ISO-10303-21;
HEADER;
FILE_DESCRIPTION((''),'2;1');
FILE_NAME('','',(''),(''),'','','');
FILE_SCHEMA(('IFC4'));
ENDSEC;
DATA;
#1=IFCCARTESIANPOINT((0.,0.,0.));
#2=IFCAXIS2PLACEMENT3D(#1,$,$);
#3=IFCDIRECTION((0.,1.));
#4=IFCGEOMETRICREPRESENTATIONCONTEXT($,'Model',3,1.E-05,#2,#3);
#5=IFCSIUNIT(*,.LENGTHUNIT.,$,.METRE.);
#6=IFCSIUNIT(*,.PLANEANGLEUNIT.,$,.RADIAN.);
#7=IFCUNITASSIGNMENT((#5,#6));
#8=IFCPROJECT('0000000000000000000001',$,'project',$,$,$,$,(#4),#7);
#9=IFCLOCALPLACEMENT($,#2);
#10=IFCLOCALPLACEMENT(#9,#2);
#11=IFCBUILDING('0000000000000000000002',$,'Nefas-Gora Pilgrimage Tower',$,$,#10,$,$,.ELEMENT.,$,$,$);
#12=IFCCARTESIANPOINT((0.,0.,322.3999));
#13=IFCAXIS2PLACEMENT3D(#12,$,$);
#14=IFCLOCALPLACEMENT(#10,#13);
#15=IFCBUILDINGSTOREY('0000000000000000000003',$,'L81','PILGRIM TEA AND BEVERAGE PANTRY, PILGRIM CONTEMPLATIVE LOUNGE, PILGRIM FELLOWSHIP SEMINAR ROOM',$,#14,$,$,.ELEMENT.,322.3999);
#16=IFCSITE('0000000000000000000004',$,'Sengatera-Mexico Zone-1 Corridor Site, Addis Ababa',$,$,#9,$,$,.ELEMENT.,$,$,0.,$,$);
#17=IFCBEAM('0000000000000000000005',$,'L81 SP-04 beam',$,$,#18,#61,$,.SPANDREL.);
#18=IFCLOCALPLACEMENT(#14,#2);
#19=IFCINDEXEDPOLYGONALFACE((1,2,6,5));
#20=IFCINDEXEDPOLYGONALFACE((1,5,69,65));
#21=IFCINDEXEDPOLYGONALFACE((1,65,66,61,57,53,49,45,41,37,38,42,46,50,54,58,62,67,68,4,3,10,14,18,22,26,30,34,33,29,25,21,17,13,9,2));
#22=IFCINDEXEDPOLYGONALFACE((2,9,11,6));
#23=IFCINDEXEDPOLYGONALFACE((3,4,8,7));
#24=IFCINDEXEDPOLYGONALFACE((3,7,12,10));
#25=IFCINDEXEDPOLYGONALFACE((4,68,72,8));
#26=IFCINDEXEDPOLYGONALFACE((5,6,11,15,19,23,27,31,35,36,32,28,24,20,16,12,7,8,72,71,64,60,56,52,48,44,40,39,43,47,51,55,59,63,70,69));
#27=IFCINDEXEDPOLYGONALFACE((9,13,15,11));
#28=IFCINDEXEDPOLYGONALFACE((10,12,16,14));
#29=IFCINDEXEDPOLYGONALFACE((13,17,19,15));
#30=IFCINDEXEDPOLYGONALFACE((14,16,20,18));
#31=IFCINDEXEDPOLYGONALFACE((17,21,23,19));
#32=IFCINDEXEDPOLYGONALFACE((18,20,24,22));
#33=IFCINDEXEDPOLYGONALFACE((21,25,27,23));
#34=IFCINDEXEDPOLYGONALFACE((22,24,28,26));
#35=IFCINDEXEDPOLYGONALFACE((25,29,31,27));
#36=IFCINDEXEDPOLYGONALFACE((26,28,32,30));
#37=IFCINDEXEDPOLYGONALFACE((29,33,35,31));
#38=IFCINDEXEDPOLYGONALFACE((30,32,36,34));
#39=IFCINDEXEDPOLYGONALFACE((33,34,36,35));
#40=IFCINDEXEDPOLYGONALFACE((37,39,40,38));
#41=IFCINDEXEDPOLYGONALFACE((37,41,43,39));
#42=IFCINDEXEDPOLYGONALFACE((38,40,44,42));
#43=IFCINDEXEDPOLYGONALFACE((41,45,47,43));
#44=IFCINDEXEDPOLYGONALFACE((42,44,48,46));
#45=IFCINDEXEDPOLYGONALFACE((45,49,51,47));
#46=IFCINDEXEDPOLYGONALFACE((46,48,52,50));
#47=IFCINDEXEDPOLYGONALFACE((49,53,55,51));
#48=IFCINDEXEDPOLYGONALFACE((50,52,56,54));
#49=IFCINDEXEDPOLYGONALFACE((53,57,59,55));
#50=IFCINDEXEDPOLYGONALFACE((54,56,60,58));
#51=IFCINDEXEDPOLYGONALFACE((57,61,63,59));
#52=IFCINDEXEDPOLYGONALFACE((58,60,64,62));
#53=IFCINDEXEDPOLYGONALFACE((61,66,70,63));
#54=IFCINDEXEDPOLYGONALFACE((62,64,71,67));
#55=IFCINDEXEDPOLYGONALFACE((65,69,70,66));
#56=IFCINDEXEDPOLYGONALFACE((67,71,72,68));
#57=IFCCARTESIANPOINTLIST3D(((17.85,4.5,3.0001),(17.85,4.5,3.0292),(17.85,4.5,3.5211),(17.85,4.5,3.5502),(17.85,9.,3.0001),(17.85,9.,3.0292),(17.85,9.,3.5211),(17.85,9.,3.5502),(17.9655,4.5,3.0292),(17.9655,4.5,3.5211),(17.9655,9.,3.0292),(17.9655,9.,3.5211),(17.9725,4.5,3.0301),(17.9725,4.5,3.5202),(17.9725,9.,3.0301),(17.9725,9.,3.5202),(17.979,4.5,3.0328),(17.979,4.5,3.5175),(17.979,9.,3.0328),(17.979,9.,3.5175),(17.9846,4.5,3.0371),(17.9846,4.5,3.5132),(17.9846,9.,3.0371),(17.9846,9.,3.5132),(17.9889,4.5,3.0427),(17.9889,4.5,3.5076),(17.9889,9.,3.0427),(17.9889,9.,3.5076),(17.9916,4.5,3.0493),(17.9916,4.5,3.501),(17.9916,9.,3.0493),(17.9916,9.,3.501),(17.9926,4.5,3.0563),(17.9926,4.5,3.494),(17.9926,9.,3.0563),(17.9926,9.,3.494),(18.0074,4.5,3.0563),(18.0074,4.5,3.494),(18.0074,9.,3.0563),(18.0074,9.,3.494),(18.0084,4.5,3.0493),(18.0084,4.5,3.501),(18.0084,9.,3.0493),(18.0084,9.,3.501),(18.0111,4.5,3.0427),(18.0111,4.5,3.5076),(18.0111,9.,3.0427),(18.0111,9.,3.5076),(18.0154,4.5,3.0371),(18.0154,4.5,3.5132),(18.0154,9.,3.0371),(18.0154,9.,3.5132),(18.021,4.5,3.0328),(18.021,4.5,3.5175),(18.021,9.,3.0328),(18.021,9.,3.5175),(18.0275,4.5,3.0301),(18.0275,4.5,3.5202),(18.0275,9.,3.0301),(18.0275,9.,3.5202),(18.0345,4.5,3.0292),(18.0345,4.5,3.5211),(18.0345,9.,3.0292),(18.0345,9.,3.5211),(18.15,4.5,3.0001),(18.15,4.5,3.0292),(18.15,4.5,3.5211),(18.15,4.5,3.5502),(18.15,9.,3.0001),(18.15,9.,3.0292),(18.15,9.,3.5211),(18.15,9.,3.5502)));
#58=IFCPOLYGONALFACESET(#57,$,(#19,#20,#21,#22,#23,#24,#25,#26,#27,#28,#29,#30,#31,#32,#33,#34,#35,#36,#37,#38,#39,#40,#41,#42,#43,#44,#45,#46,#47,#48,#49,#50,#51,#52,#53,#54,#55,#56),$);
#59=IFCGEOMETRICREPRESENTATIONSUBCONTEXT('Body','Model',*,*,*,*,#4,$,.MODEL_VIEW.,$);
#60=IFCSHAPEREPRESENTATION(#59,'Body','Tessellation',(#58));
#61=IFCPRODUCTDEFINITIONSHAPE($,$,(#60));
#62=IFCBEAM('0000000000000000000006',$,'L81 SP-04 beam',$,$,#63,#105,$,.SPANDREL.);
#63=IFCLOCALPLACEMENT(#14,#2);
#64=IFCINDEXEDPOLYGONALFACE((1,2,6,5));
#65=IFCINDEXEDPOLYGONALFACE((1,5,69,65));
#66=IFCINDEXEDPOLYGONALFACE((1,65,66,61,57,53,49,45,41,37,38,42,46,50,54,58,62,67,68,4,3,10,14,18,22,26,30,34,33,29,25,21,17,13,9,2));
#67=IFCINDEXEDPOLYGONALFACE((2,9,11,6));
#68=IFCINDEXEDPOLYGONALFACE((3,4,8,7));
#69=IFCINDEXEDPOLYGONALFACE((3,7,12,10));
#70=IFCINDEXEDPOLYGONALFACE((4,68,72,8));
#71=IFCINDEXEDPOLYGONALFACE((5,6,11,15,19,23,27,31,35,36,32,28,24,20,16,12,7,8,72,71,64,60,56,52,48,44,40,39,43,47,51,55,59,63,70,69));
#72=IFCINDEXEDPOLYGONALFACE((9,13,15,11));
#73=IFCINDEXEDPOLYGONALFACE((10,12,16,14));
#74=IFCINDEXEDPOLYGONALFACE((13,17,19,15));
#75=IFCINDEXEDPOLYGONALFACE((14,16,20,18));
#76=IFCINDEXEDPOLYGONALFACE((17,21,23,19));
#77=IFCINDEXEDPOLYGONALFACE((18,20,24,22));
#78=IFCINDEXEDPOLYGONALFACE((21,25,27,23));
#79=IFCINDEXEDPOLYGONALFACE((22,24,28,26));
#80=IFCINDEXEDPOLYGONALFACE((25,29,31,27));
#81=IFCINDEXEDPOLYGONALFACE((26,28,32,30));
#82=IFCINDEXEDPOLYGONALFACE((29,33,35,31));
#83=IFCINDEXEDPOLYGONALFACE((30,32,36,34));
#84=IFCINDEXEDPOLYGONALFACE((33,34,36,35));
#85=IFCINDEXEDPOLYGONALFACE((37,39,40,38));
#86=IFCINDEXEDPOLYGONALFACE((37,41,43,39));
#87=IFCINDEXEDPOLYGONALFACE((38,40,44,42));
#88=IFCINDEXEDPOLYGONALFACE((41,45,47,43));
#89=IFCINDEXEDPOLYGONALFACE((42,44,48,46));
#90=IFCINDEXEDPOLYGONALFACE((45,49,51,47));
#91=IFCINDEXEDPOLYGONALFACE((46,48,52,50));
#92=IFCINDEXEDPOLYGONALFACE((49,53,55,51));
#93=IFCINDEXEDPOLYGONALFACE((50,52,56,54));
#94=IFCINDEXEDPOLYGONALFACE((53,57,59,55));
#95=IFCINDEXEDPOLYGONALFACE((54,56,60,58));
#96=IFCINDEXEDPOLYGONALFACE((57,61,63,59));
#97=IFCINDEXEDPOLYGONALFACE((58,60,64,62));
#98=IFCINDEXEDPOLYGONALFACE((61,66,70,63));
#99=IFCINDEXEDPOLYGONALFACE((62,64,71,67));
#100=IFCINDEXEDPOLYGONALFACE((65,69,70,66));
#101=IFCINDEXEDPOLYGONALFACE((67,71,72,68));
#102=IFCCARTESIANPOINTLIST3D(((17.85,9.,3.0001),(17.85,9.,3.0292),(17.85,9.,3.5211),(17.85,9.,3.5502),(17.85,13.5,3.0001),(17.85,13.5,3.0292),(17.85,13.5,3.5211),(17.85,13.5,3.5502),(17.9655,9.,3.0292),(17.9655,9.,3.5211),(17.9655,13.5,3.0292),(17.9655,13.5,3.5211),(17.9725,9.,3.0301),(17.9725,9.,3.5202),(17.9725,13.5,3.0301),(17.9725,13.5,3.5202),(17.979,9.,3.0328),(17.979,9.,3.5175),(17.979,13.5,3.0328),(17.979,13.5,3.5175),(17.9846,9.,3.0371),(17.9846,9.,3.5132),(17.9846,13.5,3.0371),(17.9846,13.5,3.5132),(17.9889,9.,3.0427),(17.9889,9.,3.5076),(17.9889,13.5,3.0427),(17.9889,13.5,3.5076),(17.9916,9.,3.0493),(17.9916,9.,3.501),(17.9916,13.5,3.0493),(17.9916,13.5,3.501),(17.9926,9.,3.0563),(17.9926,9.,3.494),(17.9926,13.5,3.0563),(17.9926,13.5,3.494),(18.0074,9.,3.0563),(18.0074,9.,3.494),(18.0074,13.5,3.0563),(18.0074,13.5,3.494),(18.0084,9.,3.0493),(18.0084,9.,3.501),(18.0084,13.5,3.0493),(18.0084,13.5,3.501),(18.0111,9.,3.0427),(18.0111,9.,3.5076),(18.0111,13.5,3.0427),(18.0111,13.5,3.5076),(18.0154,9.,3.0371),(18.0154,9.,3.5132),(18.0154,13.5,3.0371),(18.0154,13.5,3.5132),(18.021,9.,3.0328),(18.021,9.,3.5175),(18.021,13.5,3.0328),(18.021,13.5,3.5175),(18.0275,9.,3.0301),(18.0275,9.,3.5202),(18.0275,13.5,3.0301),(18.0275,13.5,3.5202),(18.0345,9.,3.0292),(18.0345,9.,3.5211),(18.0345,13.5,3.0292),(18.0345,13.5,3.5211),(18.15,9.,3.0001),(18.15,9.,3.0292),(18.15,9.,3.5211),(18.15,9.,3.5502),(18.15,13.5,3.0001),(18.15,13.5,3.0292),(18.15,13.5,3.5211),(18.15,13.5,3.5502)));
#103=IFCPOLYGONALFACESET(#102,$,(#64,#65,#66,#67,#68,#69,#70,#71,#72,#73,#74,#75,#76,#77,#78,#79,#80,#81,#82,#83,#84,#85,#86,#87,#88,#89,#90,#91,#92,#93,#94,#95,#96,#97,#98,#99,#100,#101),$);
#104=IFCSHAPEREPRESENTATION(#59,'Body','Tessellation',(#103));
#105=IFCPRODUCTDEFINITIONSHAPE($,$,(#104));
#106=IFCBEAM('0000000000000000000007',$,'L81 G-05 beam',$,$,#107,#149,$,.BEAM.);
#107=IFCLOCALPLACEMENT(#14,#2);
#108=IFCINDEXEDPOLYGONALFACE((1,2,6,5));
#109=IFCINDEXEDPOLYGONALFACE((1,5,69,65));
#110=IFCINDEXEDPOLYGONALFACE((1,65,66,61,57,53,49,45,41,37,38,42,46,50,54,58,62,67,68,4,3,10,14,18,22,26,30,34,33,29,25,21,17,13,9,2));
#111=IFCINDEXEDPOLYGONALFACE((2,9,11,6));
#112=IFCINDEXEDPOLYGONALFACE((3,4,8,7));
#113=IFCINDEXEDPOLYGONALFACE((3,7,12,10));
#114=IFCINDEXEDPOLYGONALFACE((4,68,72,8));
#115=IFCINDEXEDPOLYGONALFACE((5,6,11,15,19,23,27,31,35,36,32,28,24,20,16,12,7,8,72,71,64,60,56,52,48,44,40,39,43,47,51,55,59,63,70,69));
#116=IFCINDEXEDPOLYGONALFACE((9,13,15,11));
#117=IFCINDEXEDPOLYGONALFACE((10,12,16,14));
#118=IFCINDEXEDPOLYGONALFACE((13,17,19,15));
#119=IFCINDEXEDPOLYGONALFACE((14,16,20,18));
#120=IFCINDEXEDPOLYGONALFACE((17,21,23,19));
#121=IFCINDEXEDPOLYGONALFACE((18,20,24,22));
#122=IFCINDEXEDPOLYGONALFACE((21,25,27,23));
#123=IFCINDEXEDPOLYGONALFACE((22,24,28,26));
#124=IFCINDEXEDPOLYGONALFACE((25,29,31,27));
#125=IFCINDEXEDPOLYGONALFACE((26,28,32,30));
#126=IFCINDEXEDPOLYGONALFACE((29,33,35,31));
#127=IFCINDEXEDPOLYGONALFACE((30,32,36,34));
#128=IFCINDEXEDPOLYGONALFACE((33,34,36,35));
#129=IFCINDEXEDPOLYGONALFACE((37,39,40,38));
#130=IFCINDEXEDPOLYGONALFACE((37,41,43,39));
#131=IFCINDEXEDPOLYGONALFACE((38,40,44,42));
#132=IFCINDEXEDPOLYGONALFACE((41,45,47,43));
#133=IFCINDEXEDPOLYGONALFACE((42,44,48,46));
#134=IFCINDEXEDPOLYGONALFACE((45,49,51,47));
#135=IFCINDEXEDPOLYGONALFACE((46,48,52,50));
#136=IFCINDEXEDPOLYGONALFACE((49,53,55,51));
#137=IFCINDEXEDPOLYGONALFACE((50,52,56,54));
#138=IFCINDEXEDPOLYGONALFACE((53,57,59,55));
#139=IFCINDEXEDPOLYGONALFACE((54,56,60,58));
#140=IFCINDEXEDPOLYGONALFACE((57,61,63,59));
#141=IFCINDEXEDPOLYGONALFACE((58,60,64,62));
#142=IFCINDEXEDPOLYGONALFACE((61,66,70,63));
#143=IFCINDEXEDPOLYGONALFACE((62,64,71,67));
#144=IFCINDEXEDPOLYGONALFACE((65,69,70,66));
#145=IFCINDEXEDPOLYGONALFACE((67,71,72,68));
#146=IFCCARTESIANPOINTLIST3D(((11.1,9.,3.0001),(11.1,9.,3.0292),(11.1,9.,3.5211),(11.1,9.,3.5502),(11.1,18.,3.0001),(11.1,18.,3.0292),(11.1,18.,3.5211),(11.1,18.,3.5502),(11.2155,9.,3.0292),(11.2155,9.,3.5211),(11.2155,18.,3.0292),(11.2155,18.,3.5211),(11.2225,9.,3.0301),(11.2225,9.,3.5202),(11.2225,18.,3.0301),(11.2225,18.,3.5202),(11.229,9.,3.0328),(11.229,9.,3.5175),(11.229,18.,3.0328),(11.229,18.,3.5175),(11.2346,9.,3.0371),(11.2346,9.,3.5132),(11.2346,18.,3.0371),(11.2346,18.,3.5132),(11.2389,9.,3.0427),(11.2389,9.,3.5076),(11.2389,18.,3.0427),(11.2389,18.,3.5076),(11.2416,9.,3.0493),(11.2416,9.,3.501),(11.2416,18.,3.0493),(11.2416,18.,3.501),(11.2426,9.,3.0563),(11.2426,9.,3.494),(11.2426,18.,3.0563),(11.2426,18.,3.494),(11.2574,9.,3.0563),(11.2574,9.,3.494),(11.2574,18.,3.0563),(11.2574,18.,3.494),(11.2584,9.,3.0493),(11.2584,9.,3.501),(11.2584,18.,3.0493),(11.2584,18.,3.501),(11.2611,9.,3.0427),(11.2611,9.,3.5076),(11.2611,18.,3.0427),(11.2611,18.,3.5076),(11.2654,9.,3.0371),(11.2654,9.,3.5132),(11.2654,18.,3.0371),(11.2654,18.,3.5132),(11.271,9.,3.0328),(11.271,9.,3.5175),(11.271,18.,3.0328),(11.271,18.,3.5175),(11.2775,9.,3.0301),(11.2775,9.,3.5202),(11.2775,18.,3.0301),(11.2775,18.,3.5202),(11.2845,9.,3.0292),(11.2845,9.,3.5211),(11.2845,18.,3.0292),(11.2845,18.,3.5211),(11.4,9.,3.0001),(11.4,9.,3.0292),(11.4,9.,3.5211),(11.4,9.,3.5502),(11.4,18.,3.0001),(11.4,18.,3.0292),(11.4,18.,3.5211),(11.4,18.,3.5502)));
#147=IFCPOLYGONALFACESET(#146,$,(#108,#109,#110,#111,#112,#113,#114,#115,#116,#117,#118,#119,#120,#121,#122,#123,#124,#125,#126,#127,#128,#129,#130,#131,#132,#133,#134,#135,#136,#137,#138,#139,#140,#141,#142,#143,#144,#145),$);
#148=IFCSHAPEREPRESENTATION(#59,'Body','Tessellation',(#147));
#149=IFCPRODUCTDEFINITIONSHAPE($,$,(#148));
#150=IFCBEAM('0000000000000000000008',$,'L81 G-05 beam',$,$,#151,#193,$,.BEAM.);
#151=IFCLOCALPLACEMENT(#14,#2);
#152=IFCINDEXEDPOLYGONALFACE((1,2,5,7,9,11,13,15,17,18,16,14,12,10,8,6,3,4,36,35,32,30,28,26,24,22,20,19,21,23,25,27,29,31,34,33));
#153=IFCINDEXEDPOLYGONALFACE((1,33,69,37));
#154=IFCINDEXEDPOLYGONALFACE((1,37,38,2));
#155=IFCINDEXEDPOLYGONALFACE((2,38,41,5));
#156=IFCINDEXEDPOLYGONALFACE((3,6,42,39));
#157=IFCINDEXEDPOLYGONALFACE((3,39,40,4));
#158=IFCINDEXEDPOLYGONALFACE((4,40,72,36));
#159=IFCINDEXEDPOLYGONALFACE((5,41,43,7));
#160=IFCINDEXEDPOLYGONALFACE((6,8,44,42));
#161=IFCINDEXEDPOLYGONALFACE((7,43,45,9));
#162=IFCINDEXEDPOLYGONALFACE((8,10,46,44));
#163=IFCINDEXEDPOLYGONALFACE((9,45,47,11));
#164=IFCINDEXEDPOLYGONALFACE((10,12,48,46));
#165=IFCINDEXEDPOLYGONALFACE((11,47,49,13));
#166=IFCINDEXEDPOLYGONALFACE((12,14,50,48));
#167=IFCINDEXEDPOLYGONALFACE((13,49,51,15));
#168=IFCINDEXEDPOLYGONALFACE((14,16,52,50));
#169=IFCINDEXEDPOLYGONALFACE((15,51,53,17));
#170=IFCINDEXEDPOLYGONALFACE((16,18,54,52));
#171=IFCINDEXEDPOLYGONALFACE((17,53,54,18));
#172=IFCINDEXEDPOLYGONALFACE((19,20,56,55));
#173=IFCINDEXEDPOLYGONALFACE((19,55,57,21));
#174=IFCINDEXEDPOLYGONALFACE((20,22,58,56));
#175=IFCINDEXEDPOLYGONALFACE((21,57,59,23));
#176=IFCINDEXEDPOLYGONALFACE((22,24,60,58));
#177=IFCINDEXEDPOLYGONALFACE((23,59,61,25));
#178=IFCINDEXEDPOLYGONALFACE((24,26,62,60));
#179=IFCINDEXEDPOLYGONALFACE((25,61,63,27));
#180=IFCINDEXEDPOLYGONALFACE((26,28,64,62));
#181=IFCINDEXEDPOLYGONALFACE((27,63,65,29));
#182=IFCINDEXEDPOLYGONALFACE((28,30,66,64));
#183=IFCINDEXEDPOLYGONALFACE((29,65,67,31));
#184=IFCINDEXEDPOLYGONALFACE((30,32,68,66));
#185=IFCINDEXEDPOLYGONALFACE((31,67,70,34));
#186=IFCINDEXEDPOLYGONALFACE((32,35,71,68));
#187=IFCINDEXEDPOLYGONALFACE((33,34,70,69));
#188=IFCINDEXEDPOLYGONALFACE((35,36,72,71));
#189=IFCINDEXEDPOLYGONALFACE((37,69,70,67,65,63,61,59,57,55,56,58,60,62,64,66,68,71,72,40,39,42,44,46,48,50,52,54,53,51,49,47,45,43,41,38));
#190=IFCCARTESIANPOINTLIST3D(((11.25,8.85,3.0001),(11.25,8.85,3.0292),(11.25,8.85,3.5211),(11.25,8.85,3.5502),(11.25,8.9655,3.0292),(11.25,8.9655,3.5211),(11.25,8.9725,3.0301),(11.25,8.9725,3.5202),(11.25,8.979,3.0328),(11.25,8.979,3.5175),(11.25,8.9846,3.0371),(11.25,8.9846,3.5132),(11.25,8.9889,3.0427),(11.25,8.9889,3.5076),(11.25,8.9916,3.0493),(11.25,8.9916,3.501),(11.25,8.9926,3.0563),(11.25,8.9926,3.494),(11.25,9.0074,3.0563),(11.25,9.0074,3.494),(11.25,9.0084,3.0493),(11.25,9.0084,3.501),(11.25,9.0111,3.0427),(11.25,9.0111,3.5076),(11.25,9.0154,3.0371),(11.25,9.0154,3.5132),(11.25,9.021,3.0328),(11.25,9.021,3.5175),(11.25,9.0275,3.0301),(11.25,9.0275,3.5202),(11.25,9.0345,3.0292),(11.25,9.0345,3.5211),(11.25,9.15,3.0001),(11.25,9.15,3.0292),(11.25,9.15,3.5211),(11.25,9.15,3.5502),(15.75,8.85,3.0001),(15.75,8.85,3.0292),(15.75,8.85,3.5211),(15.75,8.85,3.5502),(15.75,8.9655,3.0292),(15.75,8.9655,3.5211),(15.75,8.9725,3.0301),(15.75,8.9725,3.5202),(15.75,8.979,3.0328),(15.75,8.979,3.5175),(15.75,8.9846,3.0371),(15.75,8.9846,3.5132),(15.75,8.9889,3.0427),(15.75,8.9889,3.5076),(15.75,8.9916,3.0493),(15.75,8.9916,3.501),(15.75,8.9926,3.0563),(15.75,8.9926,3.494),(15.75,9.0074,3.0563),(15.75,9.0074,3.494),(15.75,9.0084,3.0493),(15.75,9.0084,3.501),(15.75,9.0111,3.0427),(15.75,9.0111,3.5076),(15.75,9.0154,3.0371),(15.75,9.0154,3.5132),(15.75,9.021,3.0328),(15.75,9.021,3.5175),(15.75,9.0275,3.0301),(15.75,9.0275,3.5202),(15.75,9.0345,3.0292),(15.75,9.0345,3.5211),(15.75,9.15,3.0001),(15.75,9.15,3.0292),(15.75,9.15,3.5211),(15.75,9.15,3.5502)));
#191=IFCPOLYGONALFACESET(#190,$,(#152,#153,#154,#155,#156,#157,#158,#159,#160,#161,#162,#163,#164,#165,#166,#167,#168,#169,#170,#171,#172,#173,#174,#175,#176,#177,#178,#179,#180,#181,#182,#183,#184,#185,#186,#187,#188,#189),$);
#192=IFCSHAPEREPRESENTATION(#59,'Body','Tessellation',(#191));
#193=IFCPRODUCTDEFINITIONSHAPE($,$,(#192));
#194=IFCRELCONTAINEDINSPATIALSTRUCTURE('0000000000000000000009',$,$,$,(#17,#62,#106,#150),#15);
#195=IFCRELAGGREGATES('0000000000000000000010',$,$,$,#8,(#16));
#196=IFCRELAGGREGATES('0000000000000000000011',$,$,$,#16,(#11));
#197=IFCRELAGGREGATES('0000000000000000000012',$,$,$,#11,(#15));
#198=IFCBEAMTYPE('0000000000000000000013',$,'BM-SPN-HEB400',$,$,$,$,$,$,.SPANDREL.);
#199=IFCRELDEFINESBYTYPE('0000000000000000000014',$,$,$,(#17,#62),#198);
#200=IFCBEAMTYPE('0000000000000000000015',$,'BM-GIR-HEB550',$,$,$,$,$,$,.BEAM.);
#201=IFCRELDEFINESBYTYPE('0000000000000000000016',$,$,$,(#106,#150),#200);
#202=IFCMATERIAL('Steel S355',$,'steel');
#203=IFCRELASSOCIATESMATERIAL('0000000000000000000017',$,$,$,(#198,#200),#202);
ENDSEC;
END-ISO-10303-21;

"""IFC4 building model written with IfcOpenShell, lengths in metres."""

from ifc_helpers import new_model, si_unit, direction, frame, origin, origin_2d, place, context, subcontext, project, spatial, i_section, extrude, source, transform, mapped, material, material_profile, profile_set, type_object, element, save


model = new_model("IFC4")

# Units and contexts
model_context = context("Model", 3, precision=1e-05, world=origin(), true_north=direction((0.0, 1.0)))
body_context = subcontext(model_context, "Body", "Model", "MODEL_VIEW")
ifc_project = project(units=[si_unit("LENGTHUNIT", "METRE"), si_unit("PLANEANGLEUNIT", "RADIAN")], contexts=[model_context])

# Site, building, storey
site_placement = place(None, origin())
site = spatial("IfcSite", under=ifc_project, at=site_placement, Name="Sengatera-Mexico Zone-1 Corridor Site, Addis Ababa", CompositionType="ELEMENT", RefElevation=0.0)
building_placement = place(site_placement, origin())
building = spatial("IfcBuilding", under=site, at=building_placement, Name="Nefas-Gora Pilgrimage Tower", CompositionType="ELEMENT")
storey_placement = place(building_placement, frame((0.0, 0.0, 322.3999)))
storey = spatial("IfcBuildingStorey", under=building, at=storey_placement, Name="L81", Description="PILGRIM TEA AND BEVERAGE PANTRY, PILGRIM CONTEMPLATIVE LOUNGE, PILGRIM FELLOWSHIP SEMINAR ROOM", CompositionType="ELEMENT", Elevation=322.3999)

# Shared definitions
ifc_material_1 = material(Name="Steel S355", Category="steel")

# Beams
ifc_material_profile_1 = material_profile(ifc_material_1, i_section(OverallWidth=0.3, OverallDepth=0.55, WebThickness=0.0149, FlangeThickness=0.0291, FilletRadius=0.0271, at=origin_2d()), Name="HEB 550")
ifc_profile_set_1 = profile_set([ifc_material_profile_1], Name="Steel S355")
beam_type_1 = type_object("IfcBeamType", Name="BM-SPN-HEB400", PredefinedType="SPANDREL", material=ifc_profile_set_1)
shared_shape_1 = source(origin(), body_context, "Body", "SweptSolid", [
    extrude(i_section(OverallWidth=0.3, OverallDepth=0.55, WebThickness=0.0149, FlangeThickness=0.0291, FilletRadius=0.0271, at=origin_2d()), origin(), (0.0, 0.0, 1.0), 4.5),
])
for number, where, z_axis, x_axis, name in (
    (1, (18.0, 4.5, 3.2751), (0.0, 1.0, 0.0), (-1.0, 0.0, 0.0), "L81 SP-04 beam"),
    (2, (18.0, 9.0, 3.2751), (0.0, 1.0, 0.0), (-1.0, 0.0, 0.0), "L81 SP-04 beam"),
):
    element("IfcBeam", number, at=place(storey_placement, frame(where, z_axis=z_axis, x_axis=x_axis)), inside=storey, type_object=beam_type_1, Name=name, PredefinedType="SPANDREL", context=body_context, shape_type="MappedRepresentation", body=[
        mapped(shared_shape_1, transform((0.0, 0.0, 0.0), x_axis=(1.0, 0.0, 0.0), y_axis=(0.0, 1.0, 0.0), z_axis=(0.0, 0.0, 1.0), scale=1.0)),
    ])
ifc_material_profile_2 = material_profile(ifc_material_1, i_section(OverallWidth=0.3, OverallDepth=0.55, WebThickness=0.0149, FlangeThickness=0.0291, FilletRadius=0.0271, at=origin_2d()), Name="HEB 550")
ifc_profile_set_2 = profile_set([ifc_material_profile_2], Name="Steel S355")
beam_type_2 = type_object("IfcBeamType", Name="BM-GIR-HEB550", PredefinedType="BEAM", material=ifc_profile_set_2)
shared_shape_2 = source(origin(), body_context, "Body", "SweptSolid", [
    extrude(i_section(OverallWidth=0.3, OverallDepth=0.55, WebThickness=0.0149, FlangeThickness=0.0291, FilletRadius=0.0271, at=origin_2d()), origin(), (0.0, 0.0, 1.0), 9.0),
])
beam_placement = place(storey_placement, frame((11.25, 9.0, 3.2751), z_axis=(0.0, 1.0, 0.0), x_axis=(-1.0, 0.0, 0.0)))
element("IfcBeam", 3, at=beam_placement, inside=storey, type_object=beam_type_2, Name="L81 G-05 beam", PredefinedType="BEAM", context=body_context, shape_type="MappedRepresentation", body=[
    mapped(shared_shape_2, transform((0.0, 0.0, 0.0), x_axis=(1.0, 0.0, 0.0), y_axis=(0.0, 1.0, 0.0), z_axis=(0.0, 0.0, 1.0), scale=1.0)),
])
shared_shape_3 = source(origin(), body_context, "Body", "SweptSolid", [
    extrude(i_section(OverallWidth=0.3, OverallDepth=0.55, WebThickness=0.0149, FlangeThickness=0.0291, FilletRadius=0.0271, at=origin_2d()), origin(), (0.0, 0.0, 1.0), 4.5),
])
for number, where, z_axis, x_axis, name in (
    (4, (11.25, 9.0, 3.2751), (1.0, 0.0, 0.0), (0.0, 1.0, 0.0), "L81 G-05 beam"),
):
    element("IfcBeam", number, at=place(storey_placement, frame(where, z_axis=z_axis, x_axis=x_axis)), inside=storey, type_object=beam_type_2, Name=name, PredefinedType="BEAM", context=body_context, shape_type="MappedRepresentation", body=[
        mapped(shared_shape_3, transform((0.0, 0.0, 0.0), x_axis=(1.0, 0.0, 0.0), y_axis=(0.0, 1.0, 0.0), z_axis=(0.0, 0.0, 1.0), scale=1.0)),
    ])

save(model, "model.ifc")
